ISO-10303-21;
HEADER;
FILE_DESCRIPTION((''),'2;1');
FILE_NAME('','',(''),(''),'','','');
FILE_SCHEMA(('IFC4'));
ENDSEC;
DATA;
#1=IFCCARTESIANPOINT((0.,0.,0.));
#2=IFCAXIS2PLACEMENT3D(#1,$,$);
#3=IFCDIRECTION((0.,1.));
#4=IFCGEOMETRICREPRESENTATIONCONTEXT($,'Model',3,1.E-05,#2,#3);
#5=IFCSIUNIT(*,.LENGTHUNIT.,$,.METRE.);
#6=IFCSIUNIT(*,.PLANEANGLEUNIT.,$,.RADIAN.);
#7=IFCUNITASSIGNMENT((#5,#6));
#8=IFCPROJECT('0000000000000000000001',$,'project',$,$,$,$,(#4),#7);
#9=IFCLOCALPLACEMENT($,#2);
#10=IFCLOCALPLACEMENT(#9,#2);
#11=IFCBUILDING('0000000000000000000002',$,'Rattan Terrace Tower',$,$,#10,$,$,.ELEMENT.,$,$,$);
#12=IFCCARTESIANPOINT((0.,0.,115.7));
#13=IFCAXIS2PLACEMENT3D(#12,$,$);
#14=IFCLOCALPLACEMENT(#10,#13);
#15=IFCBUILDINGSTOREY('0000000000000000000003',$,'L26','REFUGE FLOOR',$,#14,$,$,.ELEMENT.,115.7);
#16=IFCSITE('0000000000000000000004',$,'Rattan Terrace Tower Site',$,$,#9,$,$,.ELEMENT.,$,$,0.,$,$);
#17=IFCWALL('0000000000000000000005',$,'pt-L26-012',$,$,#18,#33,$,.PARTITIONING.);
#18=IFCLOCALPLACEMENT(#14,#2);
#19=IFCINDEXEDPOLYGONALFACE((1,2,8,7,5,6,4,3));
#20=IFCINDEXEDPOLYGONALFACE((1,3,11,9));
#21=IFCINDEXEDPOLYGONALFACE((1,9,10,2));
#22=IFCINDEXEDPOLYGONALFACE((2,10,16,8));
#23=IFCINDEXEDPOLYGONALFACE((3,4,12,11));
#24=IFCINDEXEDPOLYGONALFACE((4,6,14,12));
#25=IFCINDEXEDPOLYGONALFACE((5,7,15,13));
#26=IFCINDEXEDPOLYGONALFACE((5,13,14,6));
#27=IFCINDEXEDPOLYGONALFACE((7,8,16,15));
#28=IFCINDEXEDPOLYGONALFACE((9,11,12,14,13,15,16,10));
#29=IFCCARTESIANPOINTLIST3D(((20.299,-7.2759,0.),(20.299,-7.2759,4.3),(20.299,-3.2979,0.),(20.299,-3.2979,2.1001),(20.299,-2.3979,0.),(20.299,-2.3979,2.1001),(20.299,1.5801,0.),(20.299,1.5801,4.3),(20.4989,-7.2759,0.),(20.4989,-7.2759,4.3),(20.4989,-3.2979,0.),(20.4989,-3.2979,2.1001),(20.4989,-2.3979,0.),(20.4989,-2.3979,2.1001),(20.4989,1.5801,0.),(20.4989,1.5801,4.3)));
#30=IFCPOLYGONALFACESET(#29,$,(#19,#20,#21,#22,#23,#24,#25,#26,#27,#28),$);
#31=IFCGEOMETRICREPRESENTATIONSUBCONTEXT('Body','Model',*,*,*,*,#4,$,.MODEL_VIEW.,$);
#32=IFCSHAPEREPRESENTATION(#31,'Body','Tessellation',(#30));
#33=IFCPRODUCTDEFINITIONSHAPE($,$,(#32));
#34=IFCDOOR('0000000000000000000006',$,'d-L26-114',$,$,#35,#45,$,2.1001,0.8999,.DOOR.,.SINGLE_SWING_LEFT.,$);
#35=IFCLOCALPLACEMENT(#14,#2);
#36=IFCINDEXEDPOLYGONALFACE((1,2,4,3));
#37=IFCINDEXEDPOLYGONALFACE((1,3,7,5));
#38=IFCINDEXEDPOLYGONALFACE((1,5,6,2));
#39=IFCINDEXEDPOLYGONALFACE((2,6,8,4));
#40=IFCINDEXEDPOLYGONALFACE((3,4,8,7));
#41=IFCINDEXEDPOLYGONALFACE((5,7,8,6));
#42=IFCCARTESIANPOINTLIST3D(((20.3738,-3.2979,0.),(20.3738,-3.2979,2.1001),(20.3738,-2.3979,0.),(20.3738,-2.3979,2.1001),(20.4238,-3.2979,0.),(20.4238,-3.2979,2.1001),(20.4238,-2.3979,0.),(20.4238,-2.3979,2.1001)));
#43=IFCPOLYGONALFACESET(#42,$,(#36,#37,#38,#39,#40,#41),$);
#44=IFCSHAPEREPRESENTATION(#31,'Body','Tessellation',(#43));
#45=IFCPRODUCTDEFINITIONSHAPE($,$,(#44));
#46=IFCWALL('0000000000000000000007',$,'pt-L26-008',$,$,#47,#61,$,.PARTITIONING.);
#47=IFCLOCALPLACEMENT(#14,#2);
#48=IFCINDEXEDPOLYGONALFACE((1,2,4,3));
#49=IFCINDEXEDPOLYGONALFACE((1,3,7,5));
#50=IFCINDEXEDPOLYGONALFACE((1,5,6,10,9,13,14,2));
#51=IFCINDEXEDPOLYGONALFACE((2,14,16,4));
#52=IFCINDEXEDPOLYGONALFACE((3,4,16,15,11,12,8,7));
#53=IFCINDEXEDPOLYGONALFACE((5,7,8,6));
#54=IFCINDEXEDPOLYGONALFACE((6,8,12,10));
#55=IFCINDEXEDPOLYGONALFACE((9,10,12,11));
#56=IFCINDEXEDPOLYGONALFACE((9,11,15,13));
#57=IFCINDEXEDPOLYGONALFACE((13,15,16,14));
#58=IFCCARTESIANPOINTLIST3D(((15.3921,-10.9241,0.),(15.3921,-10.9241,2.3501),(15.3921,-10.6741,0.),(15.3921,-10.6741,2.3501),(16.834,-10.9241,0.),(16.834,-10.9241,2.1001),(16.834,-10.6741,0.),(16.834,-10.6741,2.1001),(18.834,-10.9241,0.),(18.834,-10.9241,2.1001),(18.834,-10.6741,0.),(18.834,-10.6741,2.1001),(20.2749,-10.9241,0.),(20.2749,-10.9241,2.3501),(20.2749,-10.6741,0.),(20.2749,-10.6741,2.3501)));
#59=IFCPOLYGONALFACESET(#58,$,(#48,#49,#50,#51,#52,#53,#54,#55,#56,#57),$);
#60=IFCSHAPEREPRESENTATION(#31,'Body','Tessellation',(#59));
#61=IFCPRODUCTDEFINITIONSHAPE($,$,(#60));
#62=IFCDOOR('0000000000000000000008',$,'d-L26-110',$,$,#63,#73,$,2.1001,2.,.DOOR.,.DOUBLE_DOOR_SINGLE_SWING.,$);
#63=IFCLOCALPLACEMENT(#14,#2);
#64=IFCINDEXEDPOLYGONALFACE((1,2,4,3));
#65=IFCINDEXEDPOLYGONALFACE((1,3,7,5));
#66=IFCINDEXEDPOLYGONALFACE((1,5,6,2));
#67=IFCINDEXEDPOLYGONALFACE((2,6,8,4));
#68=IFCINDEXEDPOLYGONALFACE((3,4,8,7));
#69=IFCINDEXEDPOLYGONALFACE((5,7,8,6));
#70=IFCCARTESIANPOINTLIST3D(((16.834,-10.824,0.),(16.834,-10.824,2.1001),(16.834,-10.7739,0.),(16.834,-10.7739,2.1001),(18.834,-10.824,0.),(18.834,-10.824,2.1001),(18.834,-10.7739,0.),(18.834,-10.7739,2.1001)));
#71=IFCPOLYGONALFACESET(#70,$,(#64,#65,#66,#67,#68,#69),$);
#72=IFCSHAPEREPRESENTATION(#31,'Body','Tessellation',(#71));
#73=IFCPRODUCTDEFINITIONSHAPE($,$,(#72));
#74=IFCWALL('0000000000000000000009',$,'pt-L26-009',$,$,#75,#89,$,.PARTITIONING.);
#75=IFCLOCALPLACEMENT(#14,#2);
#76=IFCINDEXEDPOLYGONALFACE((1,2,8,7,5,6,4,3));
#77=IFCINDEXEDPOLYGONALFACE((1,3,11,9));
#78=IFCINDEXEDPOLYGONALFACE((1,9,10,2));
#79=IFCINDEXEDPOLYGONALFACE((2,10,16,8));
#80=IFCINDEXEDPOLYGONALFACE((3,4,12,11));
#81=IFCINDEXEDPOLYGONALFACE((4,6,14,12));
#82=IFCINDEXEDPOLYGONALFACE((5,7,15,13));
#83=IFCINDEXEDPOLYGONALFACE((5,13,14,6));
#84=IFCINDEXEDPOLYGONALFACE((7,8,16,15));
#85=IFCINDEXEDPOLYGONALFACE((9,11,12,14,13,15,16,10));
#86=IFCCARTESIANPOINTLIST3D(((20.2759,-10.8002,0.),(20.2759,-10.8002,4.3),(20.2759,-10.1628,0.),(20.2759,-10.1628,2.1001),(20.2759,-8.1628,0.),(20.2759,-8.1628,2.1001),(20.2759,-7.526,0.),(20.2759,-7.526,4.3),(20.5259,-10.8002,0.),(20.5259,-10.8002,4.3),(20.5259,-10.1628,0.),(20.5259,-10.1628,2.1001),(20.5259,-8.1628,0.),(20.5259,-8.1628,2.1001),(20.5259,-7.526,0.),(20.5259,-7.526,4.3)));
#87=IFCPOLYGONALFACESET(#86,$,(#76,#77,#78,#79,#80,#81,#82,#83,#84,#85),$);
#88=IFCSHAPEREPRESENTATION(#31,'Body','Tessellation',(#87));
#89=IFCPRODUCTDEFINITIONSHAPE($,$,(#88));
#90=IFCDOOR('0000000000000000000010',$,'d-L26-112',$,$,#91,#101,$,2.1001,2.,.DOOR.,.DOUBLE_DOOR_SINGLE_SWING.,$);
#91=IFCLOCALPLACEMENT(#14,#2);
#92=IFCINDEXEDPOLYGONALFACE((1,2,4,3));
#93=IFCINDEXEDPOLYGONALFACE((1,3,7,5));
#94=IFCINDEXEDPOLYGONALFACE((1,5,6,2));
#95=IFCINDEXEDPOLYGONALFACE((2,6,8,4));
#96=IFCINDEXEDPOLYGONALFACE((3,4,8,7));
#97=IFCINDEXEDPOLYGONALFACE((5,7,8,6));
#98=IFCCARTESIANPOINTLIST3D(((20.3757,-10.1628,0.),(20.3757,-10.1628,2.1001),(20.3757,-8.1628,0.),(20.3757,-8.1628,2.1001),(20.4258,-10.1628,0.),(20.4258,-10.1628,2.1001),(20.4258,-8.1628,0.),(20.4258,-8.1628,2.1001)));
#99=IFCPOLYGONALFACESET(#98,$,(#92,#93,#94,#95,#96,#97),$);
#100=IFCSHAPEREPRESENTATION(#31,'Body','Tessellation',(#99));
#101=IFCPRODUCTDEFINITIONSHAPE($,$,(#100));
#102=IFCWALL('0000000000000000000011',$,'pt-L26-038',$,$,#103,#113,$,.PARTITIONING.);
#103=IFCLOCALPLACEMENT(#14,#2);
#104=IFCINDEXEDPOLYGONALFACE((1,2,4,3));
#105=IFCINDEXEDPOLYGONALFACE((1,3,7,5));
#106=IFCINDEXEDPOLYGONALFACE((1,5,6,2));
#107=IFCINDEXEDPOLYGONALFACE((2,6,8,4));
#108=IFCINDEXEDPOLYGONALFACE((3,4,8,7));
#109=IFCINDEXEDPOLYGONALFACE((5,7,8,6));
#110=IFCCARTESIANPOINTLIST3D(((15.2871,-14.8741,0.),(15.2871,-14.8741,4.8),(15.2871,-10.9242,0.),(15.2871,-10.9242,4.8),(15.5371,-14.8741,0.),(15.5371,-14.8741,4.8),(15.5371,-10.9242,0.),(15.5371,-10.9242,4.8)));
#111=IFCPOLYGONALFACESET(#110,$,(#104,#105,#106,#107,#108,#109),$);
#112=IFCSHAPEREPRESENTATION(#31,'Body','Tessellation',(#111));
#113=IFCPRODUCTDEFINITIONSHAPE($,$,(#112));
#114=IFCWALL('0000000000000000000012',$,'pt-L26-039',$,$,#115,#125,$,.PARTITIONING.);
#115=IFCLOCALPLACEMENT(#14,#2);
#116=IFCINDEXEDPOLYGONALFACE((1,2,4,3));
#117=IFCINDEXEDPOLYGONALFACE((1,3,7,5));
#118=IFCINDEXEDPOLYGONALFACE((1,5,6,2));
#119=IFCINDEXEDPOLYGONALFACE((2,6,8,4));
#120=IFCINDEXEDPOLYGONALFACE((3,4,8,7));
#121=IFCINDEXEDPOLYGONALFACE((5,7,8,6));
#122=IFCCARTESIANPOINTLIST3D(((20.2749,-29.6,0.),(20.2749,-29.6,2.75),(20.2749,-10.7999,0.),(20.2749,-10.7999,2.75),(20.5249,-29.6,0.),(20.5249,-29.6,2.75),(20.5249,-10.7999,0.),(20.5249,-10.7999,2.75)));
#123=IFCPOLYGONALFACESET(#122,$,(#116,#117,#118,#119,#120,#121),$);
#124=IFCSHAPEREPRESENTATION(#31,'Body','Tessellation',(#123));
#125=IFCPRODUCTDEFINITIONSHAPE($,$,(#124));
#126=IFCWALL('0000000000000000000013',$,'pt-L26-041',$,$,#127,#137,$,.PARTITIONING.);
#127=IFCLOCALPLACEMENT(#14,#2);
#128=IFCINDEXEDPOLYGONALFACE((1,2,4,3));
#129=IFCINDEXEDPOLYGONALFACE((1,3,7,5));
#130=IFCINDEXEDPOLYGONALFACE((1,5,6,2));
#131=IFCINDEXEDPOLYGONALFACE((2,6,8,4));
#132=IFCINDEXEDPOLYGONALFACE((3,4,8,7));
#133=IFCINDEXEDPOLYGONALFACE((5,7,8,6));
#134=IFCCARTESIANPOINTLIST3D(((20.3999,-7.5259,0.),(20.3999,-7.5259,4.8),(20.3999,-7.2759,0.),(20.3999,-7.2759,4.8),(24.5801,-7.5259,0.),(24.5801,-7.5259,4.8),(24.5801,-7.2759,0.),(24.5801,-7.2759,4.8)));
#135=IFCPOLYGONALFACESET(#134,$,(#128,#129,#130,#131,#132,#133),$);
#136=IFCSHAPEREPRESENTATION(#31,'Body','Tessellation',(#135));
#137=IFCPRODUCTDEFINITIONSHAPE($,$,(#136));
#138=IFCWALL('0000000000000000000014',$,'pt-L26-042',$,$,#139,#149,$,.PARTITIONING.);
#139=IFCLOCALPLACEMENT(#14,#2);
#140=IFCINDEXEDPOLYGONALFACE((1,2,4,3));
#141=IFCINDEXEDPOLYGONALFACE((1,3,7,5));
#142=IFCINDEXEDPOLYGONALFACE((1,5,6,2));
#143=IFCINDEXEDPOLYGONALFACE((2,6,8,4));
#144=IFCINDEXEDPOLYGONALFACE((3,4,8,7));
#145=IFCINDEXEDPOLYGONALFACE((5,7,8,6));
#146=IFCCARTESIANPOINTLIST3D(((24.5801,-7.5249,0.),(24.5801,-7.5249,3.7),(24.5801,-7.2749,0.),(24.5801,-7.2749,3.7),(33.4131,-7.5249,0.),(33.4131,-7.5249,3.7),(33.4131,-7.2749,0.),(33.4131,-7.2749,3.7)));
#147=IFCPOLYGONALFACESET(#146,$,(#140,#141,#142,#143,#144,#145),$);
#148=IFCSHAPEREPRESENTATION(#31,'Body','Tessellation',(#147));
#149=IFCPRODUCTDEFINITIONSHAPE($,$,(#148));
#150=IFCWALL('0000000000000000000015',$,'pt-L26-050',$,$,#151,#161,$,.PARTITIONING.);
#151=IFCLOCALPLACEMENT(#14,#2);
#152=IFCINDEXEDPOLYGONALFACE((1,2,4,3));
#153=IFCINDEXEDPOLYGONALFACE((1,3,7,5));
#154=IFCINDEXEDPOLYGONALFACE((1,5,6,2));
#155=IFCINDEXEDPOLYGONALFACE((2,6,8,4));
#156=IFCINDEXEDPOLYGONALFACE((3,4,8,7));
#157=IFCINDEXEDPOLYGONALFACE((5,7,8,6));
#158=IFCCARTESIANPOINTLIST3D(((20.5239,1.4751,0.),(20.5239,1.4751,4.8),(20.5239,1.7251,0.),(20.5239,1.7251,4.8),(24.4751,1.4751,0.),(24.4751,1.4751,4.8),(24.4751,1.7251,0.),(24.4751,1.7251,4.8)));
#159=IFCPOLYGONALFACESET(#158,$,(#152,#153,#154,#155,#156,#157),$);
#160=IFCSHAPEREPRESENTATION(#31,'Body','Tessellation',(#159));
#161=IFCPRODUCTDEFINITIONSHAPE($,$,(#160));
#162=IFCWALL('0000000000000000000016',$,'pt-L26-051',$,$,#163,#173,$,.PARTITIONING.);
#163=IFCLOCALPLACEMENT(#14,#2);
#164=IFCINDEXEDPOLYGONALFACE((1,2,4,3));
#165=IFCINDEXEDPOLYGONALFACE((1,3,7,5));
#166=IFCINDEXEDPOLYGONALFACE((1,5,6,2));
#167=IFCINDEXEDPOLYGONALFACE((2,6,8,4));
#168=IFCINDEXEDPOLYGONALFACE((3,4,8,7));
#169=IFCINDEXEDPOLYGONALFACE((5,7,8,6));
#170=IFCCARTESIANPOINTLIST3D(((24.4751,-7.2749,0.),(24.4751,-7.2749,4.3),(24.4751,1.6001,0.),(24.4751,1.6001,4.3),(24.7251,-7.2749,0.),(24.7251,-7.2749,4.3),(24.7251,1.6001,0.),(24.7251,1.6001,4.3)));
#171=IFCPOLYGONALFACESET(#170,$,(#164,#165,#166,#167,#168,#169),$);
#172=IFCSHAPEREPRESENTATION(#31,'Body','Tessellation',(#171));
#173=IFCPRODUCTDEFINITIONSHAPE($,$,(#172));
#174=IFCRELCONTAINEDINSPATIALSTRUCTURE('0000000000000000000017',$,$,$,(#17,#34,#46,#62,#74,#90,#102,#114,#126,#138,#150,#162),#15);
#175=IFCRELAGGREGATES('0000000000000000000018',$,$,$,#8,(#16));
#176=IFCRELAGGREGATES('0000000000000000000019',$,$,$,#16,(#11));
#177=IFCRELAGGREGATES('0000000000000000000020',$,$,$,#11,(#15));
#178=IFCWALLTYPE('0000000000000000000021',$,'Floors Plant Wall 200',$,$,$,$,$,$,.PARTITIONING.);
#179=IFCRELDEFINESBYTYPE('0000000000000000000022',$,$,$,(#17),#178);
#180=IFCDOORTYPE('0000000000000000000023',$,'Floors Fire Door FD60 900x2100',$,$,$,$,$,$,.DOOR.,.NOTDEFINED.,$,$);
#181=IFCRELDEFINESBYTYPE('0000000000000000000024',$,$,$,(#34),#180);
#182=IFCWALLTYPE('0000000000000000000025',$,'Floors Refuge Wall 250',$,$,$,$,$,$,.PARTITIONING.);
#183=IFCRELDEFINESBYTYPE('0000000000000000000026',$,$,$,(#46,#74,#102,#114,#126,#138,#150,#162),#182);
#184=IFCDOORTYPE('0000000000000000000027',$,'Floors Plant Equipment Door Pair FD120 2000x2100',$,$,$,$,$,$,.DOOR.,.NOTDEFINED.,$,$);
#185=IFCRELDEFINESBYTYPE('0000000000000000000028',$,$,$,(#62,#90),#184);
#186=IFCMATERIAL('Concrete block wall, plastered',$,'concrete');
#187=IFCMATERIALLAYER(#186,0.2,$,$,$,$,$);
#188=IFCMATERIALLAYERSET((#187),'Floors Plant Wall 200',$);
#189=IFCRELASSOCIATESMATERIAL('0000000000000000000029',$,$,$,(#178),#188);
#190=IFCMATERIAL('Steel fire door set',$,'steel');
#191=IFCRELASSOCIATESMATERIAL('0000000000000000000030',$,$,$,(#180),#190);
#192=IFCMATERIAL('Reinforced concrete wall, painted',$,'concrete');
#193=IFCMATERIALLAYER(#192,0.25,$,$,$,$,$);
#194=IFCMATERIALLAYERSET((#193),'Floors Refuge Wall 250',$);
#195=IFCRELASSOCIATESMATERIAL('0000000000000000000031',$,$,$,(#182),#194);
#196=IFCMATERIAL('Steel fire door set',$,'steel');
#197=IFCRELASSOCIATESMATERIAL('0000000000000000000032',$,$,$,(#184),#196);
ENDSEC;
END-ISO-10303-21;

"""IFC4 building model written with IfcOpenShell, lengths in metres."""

from ifc_helpers import new_model, si_unit, direction, frame, frame_2d, origin, place, context, subcontext, project, spatial, rectangle, extrude, material, layer, layer_set, type_object, element, fill, save


model = new_model("IFC4")

# Units and contexts
model_context = context("Model", 3, precision=1e-05, world=origin(), true_north=direction((0.0, 1.0)))
body_context = subcontext(model_context, "Body", "Model", "MODEL_VIEW")
ifc_project = project(units=[si_unit("LENGTHUNIT", "METRE"), si_unit("PLANEANGLEUNIT", "RADIAN")], contexts=[model_context])

# Site, building, storey
site_placement = place(None, origin())
site = spatial("IfcSite", under=ifc_project, at=site_placement, Name="Rattan Terrace Tower Site", CompositionType="ELEMENT", RefElevation=0.0)
building_placement = place(site_placement, origin())
building = spatial("IfcBuilding", under=site, at=building_placement, Name="Rattan Terrace Tower", CompositionType="ELEMENT")
storey_placement = place(building_placement, frame((0.0, 0.0, 115.7)))
storey = spatial("IfcBuildingStorey", under=building, at=storey_placement, Name="L26", Description="REFUGE FLOOR", CompositionType="ELEMENT", Elevation=115.7)

# Walls, openings, doors
ifc_material_1 = material(Name="Concrete block wall, plastered", Category="concrete")
ifc_layer_1 = layer(ifc_material_1, 0.2)
ifc_layer_set_1 = layer_set([ifc_layer_1], Name="Floors Plant Wall 200")
wall_type_1 = type_object("IfcWallType", Name="Floors Plant Wall 200", PredefinedType="PARTITIONING", material=ifc_layer_set_1)
wall_1_placement = place(storey_placement, frame((20.3989, 1.5801, 0.0), z_axis=(0.0, 0.0, 1.0), x_axis=(0.0, -1.0, 0.0)))
wall_1 = element("IfcWall", 1, at=wall_1_placement, inside=storey, type_object=wall_type_1, Name="pt-L26-012", PredefinedType="PARTITIONING", context=body_context, shape_type="SweptSolid", body=[
    extrude(rectangle(XDim=8.856, YDim=0.2, at=frame_2d((4.428, 0.0))), origin(), (0.0, 0.0, 1.0), 4.3),
])
opening_1_placement = place(wall_1_placement, frame((3.978, 0.0, 0.0)))
opening_1 = element("IfcOpeningElement", 2, at=opening_1_placement, cuts=wall_1, PredefinedType="OPENING", context=body_context, shape_type="SweptSolid", body=[
    extrude(rectangle(XDim=0.8999, YDim=2.1001, at=frame_2d((0.45, 1.05))), frame((0.0, 0.1106, 0.0), z_axis=(0.0, -1.0, 0.0), x_axis=(1.0, 0.0, 0.0)), (0.0, 0.0, 1.0), 0.2209),
])
ifc_material_2 = material(Name="Steel fire door set", Category="steel")
door_type_1 = type_object("IfcDoorType", Name="Floors Fire Door FD60 900x2100", OperationType="NOTDEFINED", PredefinedType="DOOR", material=ifc_material_2)
door_1_placement = place(opening_1_placement, origin())
door_1 = element("IfcDoor", 3, at=door_1_placement, inside=storey, type_object=door_type_1, Name="d-L26-114", OperationType="SINGLE_SWING_LEFT", OverallHeight=2.1001, OverallWidth=0.8999, PredefinedType="DOOR", context=body_context, shape_type="SweptSolid", body=[
    extrude(rectangle(XDim=0.8999, YDim=2.1001, at=frame_2d((0.45, 1.05))), frame((0.0, 0.0249, 0.0), z_axis=(0.0, -1.0, 0.0), x_axis=(1.0, 0.0, 0.0)), (0.0, 0.0, 1.0), 0.05),
])
fill(opening_1, door_1)
ifc_material_3 = material(Name="Reinforced concrete wall, painted", Category="concrete")
ifc_layer_2 = layer(ifc_material_3, 0.25)
ifc_layer_set_2 = layer_set([ifc_layer_2], Name="Floors Refuge Wall 250")
wall_type_2 = type_object("IfcWallType", Name="Floors Refuge Wall 250", PredefinedType="PARTITIONING", material=ifc_layer_set_2)
wall_2_placement = place(storey_placement, frame((20.2749, -10.7991, 0.0), z_axis=(0.0, 0.0, 1.0), x_axis=(-1.0, 0.0, 0.0)))
wall_2 = element("IfcWall", 4, at=wall_2_placement, inside=storey, type_object=wall_type_2, Name="pt-L26-008", PredefinedType="PARTITIONING", context=body_context, shape_type="SweptSolid", body=[
    extrude(rectangle(XDim=4.8828, YDim=0.25, at=frame_2d((2.4414, 0.0))), origin(), (0.0, 0.0, 1.0), 2.3501),
])
opening_2_placement = place(wall_2_placement, frame((1.4409, 0.0, 0.0)))
opening_2 = element("IfcOpeningElement", 5, at=opening_2_placement, cuts=wall_2, PredefinedType="OPENING", context=body_context, shape_type="SweptSolid", body=[
    extrude(rectangle(XDim=2.0, YDim=2.1001, at=frame_2d((1.0, 1.05))), frame((0.0, 0.1355, 0.0), z_axis=(0.0, -1.0, 0.0), x_axis=(1.0, 0.0, 0.0)), (0.0, 0.0, 1.0), 0.271),
])
ifc_material_4 = material(Name="Steel fire door set", Category="steel")
door_type_2 = type_object("IfcDoorType", Name="Floors Plant Equipment Door Pair FD120 2000x2100", OperationType="NOTDEFINED", PredefinedType="DOOR", material=ifc_material_4)
door_2_placement = place(opening_2_placement, origin())
door_2 = element("IfcDoor", 6, at=door_2_placement, inside=storey, type_object=door_type_2, Name="d-L26-110", OperationType="DOUBLE_DOOR_SINGLE_SWING", OverallHeight=2.1001, OverallWidth=2.0, PredefinedType="DOOR", context=body_context, shape_type="SweptSolid", body=[
    extrude(rectangle(XDim=2.0, YDim=2.1001, at=frame_2d((1.0, 1.05))), frame((0.0, 0.0249, 0.0), z_axis=(0.0, -1.0, 0.0), x_axis=(1.0, 0.0, 0.0)), (0.0, 0.0, 1.0), 0.05),
])
fill(opening_2, door_2)
wall_3_placement = place(storey_placement, frame((20.4009, -7.5259, 0.0), z_axis=(0.0, 0.0, 1.0), x_axis=(0.0, -1.0, 0.0)))
wall_3 = element("IfcWall", 7, at=wall_3_placement, inside=storey, type_object=wall_type_2, Name="pt-L26-009", PredefinedType="PARTITIONING", context=body_context, shape_type="SweptSolid", body=[
    extrude(rectangle(XDim=3.2742, YDim=0.25, at=frame_2d((1.6372, 0.0))), origin(), (0.0, 0.0, 1.0), 4.3),
])
opening_3_placement = place(wall_3_placement, frame((0.637, 0.0, 0.0)))
opening_3 = element("IfcOpeningElement", 8, at=opening_3_placement, cuts=wall_3, PredefinedType="OPENING", context=body_context, shape_type="SweptSolid", body=[
    extrude(rectangle(XDim=2.0, YDim=2.1001, at=frame_2d((1.0, 1.05))), frame((0.0, 0.1355, 0.0), z_axis=(0.0, -1.0, 0.0), x_axis=(1.0, 0.0, 0.0)), (0.0, 0.0, 1.0), 0.271),
])
door_3_placement = place(opening_3_placement, origin())
door_3 = element("IfcDoor", 9, at=door_3_placement, inside=storey, type_object=door_type_2, Name="d-L26-112", OperationType="DOUBLE_DOOR_SINGLE_SWING", OverallHeight=2.1001, OverallWidth=2.0, PredefinedType="DOOR", context=body_context, shape_type="SweptSolid", body=[
    extrude(rectangle(XDim=2.0, YDim=2.1001, at=frame_2d((1.0, 1.05))), frame((0.0, 0.0249, 0.0), z_axis=(0.0, -1.0, 0.0), x_axis=(1.0, 0.0, 0.0)), (0.0, 0.0, 1.0), 0.05),
])
fill(opening_3, door_3)

# Walls
wall_4_placement = place(storey_placement, frame((15.4121, -10.9241, 0.0), z_axis=(0.0, 0.0, 1.0), x_axis=(0.0, -1.0, 0.0)))
element("IfcWall", 10, at=wall_4_placement, inside=storey, type_object=wall_type_2, Name="pt-L26-038", PredefinedType="PARTITIONING", context=body_context, shape_type="SweptSolid", body=[
    extrude(rectangle(XDim=3.95, YDim=0.25, at=frame_2d((1.9751, 0.0))), origin(), (0.0, 0.0, 1.0), 4.8),
])
wall_5_placement = place(storey_placement, frame((20.3999, -10.8, 0.0), z_axis=(0.0, 0.0, 1.0), x_axis=(0.0, -1.0, 0.0)))
element("IfcWall", 11, at=wall_5_placement, inside=storey, type_object=wall_type_2, Name="pt-L26-039", PredefinedType="PARTITIONING", context=body_context, shape_type="SweptSolid", body=[
    extrude(rectangle(XDim=18.8, YDim=0.25, at=frame_2d((9.3999, 0.0))), origin(), (0.0, 0.0, 1.0), 2.75),
])
wall_6_placement = place(storey_placement, frame((20.3999, -7.4009, 0.0), z_axis=(0.0, 0.0, 1.0), x_axis=(1.0, 0.0, 0.0)))
element("IfcWall", 12, at=wall_6_placement, inside=storey, type_object=wall_type_2, Name="pt-L26-041", PredefinedType="PARTITIONING", context=body_context, shape_type="SweptSolid", body=[
    extrude(rectangle(XDim=4.1802, YDim=0.25, at=frame_2d((2.0901, 0.0))), origin(), (0.0, 0.0, 1.0), 4.8),
])
wall_7_placement = place(storey_placement, frame((24.5801, -7.3999, 0.0), z_axis=(0.0, 0.0, 1.0), x_axis=(1.0, 0.0, 0.0)))
element("IfcWall", 13, at=wall_7_placement, inside=storey, type_object=wall_type_2, Name="pt-L26-042", PredefinedType="PARTITIONING", context=body_context, shape_type="SweptSolid", body=[
    extrude(rectangle(XDim=8.833, YDim=0.25, at=frame_2d((4.4165, 0.0))), origin(), (0.0, 0.0, 1.0), 3.7),
])
wall_8_placement = place(storey_placement, frame((20.5239, 1.6001, 0.0), z_axis=(0.0, 0.0, 1.0), x_axis=(1.0, 0.0, 0.0)))
element("IfcWall", 14, at=wall_8_placement, inside=storey, type_object=wall_type_2, Name="pt-L26-050", PredefinedType="PARTITIONING", context=body_context, shape_type="SweptSolid", body=[
    extrude(rectangle(XDim=3.9512, YDim=0.25, at=frame_2d((1.9756, 0.0))), origin(), (0.0, 0.0, 1.0), 4.8),
])
wall_9_placement = place(storey_placement, frame((24.6001, 1.6001, 0.0), z_axis=(0.0, 0.0, 1.0), x_axis=(0.0, -1.0, 0.0)))
element("IfcWall", 15, at=wall_9_placement, inside=storey, type_object=wall_type_2, Name="pt-L26-051", PredefinedType="PARTITIONING", context=body_context, shape_type="SweptSolid", body=[
    extrude(rectangle(XDim=8.875, YDim=0.25, at=frame_2d((4.4375, 0.0))), origin(), (0.0, 0.0, 1.0), 4.3),
])

save(model, "model.ifc")
